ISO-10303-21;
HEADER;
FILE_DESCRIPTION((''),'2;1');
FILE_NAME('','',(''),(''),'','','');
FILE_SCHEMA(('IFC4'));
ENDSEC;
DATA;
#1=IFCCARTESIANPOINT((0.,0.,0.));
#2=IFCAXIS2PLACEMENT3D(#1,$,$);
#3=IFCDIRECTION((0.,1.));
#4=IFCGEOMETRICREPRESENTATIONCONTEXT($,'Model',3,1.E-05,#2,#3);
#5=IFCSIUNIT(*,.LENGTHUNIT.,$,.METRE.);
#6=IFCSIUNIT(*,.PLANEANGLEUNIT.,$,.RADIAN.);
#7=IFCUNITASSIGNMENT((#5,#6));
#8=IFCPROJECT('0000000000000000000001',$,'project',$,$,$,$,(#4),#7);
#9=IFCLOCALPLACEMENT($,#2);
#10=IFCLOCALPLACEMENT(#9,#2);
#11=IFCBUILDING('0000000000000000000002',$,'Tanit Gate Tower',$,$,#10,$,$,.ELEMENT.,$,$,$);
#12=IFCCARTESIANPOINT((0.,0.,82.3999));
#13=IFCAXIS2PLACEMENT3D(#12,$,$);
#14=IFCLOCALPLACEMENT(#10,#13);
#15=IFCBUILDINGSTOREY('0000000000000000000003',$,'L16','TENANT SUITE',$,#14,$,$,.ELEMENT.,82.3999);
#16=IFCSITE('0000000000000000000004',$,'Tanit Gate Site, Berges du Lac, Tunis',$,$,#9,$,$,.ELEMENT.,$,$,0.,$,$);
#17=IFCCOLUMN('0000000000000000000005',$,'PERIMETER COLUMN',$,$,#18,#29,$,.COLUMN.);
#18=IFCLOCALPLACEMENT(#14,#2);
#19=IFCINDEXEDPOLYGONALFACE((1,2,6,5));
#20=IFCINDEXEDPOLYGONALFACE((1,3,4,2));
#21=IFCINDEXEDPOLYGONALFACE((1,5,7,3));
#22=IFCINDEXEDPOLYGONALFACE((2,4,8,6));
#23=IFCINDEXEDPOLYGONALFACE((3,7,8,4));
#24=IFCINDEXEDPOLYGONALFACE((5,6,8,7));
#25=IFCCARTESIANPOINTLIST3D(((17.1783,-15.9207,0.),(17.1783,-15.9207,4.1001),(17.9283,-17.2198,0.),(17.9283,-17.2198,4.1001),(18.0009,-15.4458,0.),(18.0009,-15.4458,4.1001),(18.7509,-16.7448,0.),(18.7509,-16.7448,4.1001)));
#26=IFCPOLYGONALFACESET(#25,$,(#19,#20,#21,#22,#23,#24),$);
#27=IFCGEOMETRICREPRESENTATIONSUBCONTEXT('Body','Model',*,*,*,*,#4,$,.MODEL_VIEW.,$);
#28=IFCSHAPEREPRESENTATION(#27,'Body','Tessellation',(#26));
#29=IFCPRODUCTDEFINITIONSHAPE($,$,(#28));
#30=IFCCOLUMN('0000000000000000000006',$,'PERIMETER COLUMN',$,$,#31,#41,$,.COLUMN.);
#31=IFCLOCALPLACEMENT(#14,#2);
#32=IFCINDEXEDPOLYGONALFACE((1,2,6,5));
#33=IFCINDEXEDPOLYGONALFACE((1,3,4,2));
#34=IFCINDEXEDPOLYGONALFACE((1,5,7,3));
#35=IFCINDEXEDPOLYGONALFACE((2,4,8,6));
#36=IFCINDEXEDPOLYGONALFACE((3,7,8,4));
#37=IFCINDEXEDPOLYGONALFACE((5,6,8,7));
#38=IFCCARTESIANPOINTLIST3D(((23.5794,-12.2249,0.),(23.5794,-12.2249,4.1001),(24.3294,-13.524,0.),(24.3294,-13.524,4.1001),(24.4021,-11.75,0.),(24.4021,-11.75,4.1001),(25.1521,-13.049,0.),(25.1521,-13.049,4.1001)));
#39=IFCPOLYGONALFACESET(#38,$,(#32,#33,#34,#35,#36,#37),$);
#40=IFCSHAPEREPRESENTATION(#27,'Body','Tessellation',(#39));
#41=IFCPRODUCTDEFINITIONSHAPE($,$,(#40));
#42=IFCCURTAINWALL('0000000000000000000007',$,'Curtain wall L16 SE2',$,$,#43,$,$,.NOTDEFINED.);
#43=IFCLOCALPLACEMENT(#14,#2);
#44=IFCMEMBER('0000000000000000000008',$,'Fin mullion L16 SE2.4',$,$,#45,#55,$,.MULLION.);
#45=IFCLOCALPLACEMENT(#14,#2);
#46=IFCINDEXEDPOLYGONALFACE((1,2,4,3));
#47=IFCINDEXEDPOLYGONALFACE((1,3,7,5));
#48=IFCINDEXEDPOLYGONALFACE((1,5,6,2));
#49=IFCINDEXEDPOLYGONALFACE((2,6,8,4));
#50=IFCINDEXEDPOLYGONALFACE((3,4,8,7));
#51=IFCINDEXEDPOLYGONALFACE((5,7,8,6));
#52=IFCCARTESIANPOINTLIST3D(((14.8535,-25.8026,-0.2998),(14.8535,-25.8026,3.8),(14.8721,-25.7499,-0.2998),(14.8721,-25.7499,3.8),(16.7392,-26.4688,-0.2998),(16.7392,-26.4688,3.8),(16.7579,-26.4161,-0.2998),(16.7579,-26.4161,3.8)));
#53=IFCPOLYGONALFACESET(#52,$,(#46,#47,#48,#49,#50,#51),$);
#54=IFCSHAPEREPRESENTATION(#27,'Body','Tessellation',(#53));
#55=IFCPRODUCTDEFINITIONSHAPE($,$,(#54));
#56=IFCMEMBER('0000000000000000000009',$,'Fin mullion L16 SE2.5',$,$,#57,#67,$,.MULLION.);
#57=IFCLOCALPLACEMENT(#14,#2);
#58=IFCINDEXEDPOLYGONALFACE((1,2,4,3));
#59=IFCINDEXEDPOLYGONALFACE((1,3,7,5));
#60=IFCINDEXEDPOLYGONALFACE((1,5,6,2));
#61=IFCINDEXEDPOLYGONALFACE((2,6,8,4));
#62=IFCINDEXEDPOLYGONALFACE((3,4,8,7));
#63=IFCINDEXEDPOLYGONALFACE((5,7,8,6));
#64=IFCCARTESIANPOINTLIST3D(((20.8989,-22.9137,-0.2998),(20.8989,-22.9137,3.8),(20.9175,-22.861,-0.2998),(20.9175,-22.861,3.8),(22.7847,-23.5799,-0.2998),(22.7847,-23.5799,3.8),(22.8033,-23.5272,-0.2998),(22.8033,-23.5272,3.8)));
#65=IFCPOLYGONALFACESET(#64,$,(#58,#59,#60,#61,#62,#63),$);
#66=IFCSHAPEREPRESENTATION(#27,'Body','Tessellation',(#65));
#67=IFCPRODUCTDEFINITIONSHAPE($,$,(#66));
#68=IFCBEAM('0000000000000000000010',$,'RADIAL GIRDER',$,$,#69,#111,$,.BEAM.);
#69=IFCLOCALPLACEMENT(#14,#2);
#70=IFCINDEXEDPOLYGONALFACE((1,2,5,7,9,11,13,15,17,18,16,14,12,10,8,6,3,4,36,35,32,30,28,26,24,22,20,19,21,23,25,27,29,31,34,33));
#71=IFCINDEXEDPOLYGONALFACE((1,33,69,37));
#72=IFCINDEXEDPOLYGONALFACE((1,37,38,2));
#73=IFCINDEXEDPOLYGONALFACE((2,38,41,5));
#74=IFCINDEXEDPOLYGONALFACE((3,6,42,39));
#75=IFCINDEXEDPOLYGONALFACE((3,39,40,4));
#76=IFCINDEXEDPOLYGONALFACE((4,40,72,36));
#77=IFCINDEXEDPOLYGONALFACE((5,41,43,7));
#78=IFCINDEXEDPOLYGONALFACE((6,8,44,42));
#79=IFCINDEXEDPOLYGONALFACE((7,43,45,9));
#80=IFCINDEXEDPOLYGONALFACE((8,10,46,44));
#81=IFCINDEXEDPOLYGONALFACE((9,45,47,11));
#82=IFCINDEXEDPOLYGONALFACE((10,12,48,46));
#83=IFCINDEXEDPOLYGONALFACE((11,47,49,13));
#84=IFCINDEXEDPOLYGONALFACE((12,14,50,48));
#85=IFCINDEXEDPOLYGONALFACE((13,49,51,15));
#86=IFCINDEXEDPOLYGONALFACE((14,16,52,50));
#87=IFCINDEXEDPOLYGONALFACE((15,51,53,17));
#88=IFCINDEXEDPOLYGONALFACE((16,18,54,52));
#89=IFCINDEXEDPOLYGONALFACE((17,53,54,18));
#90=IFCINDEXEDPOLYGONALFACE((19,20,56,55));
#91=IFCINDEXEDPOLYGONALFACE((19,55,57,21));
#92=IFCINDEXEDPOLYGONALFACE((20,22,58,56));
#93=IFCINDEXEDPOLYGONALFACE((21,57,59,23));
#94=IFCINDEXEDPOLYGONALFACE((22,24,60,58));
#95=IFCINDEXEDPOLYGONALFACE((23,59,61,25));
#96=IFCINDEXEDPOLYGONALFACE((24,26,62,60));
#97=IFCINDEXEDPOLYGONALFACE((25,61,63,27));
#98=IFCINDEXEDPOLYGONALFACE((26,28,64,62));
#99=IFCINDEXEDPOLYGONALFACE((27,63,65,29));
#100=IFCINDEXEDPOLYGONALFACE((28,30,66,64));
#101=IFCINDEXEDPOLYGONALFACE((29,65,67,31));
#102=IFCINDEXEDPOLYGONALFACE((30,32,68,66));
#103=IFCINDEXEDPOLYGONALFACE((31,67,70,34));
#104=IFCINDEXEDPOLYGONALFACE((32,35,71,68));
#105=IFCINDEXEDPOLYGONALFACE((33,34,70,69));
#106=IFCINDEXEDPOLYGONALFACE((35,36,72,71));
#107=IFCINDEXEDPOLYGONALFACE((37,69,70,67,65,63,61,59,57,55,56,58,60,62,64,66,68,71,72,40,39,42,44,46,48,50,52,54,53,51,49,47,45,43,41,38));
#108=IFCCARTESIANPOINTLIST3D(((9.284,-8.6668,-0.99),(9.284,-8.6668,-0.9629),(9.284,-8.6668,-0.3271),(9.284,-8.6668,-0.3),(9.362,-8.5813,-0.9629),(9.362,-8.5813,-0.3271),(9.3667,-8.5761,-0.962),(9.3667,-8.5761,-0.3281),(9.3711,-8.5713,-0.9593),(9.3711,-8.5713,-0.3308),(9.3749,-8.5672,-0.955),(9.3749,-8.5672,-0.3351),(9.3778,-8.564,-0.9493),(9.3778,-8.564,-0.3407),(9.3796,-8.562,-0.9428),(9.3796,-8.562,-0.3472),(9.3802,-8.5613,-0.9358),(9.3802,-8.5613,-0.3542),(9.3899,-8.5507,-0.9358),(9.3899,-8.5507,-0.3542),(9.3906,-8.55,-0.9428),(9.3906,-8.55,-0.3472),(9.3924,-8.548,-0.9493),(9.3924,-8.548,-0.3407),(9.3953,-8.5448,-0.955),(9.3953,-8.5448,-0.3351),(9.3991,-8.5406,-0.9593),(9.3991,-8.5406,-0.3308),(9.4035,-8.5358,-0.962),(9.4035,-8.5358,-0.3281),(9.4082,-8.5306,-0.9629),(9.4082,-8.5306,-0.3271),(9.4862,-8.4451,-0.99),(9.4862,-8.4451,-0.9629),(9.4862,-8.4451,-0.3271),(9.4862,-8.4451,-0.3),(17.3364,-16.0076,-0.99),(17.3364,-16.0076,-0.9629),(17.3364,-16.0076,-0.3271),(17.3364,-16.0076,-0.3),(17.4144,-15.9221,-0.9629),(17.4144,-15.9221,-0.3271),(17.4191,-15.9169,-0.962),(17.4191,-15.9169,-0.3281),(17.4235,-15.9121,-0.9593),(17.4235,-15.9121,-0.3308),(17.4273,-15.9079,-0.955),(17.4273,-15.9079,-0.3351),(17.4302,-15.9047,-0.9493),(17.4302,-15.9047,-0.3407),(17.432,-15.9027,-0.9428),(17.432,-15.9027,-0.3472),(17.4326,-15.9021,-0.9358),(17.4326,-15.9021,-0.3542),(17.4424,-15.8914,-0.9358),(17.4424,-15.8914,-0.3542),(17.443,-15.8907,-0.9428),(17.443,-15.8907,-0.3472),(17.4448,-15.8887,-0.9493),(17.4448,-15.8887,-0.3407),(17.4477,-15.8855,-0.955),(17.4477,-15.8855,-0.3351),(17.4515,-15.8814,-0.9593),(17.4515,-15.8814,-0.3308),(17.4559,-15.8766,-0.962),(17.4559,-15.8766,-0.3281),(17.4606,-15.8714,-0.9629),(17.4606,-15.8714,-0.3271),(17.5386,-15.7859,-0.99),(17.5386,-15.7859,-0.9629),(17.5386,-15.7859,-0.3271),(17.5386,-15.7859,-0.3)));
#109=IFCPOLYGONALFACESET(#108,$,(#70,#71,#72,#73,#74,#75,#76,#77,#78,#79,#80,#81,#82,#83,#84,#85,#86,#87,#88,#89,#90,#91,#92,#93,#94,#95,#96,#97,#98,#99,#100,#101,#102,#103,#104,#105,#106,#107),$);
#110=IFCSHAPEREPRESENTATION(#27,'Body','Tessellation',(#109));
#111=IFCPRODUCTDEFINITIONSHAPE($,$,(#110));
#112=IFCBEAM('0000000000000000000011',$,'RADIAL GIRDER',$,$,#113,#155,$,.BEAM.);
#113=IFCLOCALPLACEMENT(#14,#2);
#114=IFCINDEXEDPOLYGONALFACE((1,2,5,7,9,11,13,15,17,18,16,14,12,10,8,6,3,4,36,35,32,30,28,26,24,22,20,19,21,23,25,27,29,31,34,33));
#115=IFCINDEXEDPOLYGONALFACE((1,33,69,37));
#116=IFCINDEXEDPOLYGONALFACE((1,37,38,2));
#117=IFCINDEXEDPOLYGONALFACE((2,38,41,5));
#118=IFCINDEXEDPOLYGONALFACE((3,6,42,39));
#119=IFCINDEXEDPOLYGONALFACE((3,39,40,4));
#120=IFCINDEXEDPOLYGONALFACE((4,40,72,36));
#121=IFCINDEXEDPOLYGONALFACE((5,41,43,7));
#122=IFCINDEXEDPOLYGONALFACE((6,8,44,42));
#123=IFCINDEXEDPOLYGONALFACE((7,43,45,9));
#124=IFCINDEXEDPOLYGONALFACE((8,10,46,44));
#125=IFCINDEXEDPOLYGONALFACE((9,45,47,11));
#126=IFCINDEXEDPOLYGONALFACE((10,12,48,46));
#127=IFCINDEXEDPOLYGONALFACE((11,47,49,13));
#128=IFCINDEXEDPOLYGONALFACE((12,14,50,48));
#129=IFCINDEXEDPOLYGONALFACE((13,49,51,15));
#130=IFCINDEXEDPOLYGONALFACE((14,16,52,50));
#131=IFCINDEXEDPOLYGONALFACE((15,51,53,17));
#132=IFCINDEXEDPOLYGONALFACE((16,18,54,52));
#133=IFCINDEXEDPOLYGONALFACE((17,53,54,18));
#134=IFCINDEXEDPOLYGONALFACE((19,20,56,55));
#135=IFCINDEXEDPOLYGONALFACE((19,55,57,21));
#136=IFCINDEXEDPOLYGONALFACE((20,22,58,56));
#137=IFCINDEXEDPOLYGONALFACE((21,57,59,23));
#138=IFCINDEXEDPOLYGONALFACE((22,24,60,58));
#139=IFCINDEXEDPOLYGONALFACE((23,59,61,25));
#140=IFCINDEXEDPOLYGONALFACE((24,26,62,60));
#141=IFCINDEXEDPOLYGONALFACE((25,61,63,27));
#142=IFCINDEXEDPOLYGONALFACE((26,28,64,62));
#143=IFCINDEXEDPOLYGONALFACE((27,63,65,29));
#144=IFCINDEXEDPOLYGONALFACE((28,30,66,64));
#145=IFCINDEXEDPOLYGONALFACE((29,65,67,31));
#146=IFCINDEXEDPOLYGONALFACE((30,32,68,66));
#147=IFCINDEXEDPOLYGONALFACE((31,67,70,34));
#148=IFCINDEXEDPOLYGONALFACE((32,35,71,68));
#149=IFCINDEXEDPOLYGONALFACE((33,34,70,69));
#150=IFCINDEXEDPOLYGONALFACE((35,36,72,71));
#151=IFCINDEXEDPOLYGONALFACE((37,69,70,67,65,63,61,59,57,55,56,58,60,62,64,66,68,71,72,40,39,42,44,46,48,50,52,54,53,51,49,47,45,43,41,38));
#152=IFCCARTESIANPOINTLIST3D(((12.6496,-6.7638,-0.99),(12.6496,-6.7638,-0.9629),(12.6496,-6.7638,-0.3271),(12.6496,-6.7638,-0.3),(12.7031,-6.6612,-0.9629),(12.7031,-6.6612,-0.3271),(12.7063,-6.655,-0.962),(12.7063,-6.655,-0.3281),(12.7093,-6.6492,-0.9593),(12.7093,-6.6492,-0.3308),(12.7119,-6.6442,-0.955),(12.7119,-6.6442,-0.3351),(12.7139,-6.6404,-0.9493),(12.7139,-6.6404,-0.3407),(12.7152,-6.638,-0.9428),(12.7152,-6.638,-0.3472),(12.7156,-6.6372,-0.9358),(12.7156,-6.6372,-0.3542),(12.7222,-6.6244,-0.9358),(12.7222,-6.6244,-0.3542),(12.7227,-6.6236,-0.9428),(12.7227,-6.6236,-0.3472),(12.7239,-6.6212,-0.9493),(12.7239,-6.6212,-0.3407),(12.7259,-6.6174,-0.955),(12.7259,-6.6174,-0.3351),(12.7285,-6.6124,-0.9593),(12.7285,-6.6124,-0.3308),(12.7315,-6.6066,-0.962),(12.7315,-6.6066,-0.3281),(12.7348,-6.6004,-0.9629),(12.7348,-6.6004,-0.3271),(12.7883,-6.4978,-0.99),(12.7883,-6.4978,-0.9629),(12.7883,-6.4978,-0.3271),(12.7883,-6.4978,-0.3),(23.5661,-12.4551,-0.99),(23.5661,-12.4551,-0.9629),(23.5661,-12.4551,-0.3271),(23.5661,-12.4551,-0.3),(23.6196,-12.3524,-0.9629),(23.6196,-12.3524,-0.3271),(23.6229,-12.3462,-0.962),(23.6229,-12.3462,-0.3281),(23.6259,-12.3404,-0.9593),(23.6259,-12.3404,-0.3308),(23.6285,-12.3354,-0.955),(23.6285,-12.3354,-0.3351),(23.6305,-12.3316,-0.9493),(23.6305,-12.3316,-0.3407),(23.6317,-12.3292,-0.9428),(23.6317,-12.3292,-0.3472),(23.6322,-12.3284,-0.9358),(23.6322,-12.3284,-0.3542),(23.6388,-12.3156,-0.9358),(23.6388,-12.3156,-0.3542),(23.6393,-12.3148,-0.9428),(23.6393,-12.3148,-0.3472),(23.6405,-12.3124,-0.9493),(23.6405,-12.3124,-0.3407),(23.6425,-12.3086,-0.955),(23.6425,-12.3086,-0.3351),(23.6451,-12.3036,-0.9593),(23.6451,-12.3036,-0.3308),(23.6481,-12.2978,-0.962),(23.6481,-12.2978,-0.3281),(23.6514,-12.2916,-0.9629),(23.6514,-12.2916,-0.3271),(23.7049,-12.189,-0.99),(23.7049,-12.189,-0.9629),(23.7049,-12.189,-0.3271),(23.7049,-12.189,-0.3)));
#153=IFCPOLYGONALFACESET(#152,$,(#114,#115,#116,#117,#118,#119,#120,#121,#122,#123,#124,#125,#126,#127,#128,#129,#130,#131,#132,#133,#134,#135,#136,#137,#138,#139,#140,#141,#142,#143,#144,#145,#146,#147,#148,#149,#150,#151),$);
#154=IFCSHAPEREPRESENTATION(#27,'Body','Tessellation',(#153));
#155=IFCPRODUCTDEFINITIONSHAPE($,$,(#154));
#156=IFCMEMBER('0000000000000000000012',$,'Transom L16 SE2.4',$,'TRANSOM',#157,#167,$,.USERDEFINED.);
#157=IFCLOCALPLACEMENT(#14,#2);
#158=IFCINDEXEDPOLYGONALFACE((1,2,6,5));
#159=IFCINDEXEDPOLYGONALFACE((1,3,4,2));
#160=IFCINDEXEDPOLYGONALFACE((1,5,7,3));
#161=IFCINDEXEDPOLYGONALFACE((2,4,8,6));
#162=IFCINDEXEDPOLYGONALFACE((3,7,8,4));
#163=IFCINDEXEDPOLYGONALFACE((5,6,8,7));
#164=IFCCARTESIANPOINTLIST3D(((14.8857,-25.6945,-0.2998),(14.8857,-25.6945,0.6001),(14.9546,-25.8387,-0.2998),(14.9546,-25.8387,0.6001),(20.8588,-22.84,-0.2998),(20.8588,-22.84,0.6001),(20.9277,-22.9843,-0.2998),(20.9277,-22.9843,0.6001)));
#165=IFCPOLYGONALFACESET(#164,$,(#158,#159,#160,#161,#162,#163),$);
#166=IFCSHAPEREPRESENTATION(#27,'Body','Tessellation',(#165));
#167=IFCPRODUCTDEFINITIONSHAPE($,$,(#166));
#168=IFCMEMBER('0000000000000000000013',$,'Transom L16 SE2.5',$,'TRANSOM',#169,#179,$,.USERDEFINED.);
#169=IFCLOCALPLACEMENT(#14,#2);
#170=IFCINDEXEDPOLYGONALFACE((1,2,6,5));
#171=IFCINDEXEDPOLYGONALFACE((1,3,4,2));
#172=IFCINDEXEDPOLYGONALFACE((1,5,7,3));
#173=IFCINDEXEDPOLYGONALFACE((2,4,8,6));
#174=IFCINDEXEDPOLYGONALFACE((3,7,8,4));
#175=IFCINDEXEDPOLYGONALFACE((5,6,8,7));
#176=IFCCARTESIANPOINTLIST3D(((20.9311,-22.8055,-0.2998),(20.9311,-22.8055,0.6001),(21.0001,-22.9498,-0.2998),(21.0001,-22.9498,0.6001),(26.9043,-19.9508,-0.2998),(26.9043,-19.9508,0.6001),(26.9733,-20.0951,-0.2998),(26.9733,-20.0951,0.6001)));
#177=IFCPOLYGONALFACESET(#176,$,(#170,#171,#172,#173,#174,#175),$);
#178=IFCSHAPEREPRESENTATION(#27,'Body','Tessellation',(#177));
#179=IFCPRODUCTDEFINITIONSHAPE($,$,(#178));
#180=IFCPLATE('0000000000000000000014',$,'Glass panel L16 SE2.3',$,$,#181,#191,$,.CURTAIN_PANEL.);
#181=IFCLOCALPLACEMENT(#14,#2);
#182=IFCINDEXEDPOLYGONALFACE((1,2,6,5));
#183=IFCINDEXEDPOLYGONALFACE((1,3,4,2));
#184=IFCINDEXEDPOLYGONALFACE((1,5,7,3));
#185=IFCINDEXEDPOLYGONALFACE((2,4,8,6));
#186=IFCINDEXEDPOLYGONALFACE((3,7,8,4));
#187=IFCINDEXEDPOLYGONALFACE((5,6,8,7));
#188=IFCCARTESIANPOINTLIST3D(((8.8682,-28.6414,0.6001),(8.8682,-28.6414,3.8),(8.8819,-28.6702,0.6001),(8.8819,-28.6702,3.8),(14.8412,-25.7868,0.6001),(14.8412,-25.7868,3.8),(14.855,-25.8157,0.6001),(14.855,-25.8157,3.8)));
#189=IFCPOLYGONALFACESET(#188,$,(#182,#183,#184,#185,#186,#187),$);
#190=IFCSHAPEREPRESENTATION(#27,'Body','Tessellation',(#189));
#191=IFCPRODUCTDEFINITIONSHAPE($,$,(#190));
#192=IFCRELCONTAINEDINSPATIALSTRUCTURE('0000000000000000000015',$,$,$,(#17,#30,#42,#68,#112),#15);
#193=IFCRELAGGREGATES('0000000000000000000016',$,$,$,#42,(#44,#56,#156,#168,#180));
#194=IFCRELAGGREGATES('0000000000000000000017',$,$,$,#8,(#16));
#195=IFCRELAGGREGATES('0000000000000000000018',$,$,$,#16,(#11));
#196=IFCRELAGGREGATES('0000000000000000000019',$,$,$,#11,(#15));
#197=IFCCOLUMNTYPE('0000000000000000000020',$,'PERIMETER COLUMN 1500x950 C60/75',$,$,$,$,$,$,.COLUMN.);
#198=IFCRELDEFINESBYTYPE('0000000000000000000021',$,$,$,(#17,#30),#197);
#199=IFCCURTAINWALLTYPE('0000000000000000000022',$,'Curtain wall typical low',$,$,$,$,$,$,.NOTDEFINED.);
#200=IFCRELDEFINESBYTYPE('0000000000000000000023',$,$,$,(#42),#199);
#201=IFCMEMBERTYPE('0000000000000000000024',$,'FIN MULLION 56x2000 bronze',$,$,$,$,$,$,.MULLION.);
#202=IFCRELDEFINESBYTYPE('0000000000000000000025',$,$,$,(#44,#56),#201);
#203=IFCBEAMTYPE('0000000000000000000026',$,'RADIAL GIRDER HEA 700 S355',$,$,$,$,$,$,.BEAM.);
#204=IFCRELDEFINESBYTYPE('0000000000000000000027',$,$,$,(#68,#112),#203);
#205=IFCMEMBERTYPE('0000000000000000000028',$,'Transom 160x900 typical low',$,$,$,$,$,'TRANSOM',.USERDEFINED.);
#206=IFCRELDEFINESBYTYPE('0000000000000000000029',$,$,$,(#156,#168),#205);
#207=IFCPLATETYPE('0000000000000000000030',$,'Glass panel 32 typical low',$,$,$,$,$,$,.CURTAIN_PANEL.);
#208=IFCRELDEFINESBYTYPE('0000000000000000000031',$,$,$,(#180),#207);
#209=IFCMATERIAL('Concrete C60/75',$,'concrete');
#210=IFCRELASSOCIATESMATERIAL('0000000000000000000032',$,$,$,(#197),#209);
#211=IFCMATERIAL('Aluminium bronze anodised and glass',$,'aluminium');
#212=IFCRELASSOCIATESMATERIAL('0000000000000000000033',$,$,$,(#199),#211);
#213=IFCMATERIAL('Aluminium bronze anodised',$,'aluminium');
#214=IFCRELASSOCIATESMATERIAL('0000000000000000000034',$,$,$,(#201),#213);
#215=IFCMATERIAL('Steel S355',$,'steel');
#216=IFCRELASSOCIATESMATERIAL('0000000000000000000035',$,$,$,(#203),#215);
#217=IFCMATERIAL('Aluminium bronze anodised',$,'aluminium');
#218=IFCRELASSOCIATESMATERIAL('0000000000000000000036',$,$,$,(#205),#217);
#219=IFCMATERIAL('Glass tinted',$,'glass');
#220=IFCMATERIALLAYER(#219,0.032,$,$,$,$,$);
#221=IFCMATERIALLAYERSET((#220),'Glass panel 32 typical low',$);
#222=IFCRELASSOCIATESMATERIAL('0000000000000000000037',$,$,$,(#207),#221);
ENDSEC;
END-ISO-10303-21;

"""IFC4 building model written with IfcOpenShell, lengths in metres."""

from ifc_helpers import new_model, si_unit, direction, frame, origin, origin_2d, place, context, subcontext, project, spatial, rectangle, i_section, extrude, material, layer, layer_set, material_profile, profile_set, type_object, element, aggregate, save


model = new_model("IFC4")

# Units and contexts
model_context = context("Model", 3, precision=1e-05, world=origin(), true_north=direction((0.0, 1.0)))
body_context = subcontext(model_context, "Body", "Model", "MODEL_VIEW")
ifc_project = project(units=[si_unit("LENGTHUNIT", "METRE"), si_unit("PLANEANGLEUNIT", "RADIAN")], contexts=[model_context])

# Site, building, storey
site_placement = place(None, origin())
site = spatial("IfcSite", under=ifc_project, at=site_placement, Name="Tanit Gate Site, Berges du Lac, Tunis", CompositionType="ELEMENT", RefElevation=0.0)
building_placement = place(site_placement, origin())
building = spatial("IfcBuilding", under=site, at=building_placement, Name="Tanit Gate Tower", CompositionType="ELEMENT")
storey_placement = place(building_placement, frame((0.0, 0.0, 82.3999)))
storey = spatial("IfcBuildingStorey", under=building, at=storey_placement, Name="L16", Description="TENANT SUITE", CompositionType="ELEMENT", Elevation=82.3999)

# Columns
ifc_material_1 = material(Name="Concrete C60/75", Category="concrete")
ifc_material_profile_1 = material_profile(ifc_material_1, rectangle(XDim=1.5, YDim=0.95, at=origin_2d()), Name="RC 1500x950")
ifc_profile_set_1 = profile_set([ifc_material_profile_1], Name="Concrete C60/75")
column_type = type_object("IfcColumnType", Name="PERIMETER COLUMN 1500x950 C60/75", PredefinedType="COLUMN", material=ifc_profile_set_1)
for number, where, z_axis, x_axis, name in (
    (1, (17.9646, -16.3328, 0.0), (0.0, 0.0, 1.0), (0.5, -0.866025, 0.0), "PERIMETER COLUMN"),
    (2, (24.3657, -12.637, 0.0), (0.0, 0.0, 1.0), (0.5, -0.866025, 0.0), "PERIMETER COLUMN"),
):
    element("IfcColumn", number, at=place(storey_placement, frame(where, z_axis=z_axis, x_axis=x_axis)), inside=storey, type_object=column_type, Name=name, PredefinedType="COLUMN", context=body_context, shape_type="SweptSolid", body=[
        extrude(rectangle(XDim=1.5, YDim=0.95, at=origin_2d()), origin(), (0.0, 0.0, 1.0), 4.1001),
    ])

# Curtain wall, members
ifc_material_2 = material(Name="Aluminium bronze anodised and glass", Category="aluminium")
curtain_wall_type = type_object("IfcCurtainWallType", Name="Curtain wall typical low", PredefinedType="NOTDEFINED", material=ifc_material_2)
curtain_wall_placement = place(storey_placement, origin())
curtain_wall = element("IfcCurtainWall", 3, at=curtain_wall_placement, inside=storey, type_object=curtain_wall_type, Name="Curtain wall L16 SE2", PredefinedType="NOTDEFINED")
ifc_material_3 = material(Name="Aluminium bronze anodised", Category="aluminium")
ifc_material_profile_2 = material_profile(ifc_material_3, rectangle(XDim=2.0, YDim=0.0559, at=origin_2d()), Name="56x2000 bronze fin mullion")
ifc_profile_set_2 = profile_set([ifc_material_profile_2], Name="Aluminium bronze anodised")
member_type_1 = type_object("IfcMemberType", Name="FIN MULLION 56x2000 bronze", PredefinedType="MULLION", material=ifc_profile_set_2)
member_1_placement = place(storey_placement, frame((15.8057, -26.1094, -0.2998), z_axis=(0.0, 0.0, 1.0), x_axis=(-0.942895, 0.33309, 0.0)))
member_1 = element("IfcMember", 4, at=member_1_placement, type_object=member_type_1, Name="Fin mullion L16 SE2.4", PredefinedType="MULLION", context=body_context, shape_type="SweptSolid", body=[
    extrude(rectangle(XDim=2.0, YDim=0.0559, at=origin_2d()), origin(), (0.0, 0.0, 1.0), 4.0999),
])
member_2_placement = place(storey_placement, frame((21.8511, -23.2205, -0.2998), z_axis=(0.0, 0.0, 1.0), x_axis=(-0.942895, 0.33309, 0.0)))
member_2 = element("IfcMember", 5, at=member_2_placement, type_object=member_type_1, Name="Fin mullion L16 SE2.5", PredefinedType="MULLION", context=body_context, shape_type="SweptSolid", body=[
    extrude(rectangle(XDim=2.0, YDim=0.0559, at=origin_2d()), origin(), (0.0, 0.0, 1.0), 4.0999),
])

# Beams
ifc_material_4 = material(Name="Steel S355", Category="steel")
ifc_material_profile_3 = material_profile(ifc_material_4, i_section(OverallWidth=0.3, OverallDepth=0.6899, WebThickness=0.0144, FlangeThickness=0.0271, FilletRadius=0.0271, at=origin_2d()), Name="HEA 700")
ifc_profile_set_3 = profile_set([ifc_material_profile_3], Name="Steel S355")
beam_type = type_object("IfcBeamType", Name="RADIAL GIRDER HEA 700 S355", PredefinedType="BEAM", material=ifc_profile_set_3)
beam_1_placement = place(storey_placement, frame((17.4375, -15.8967, -0.645), z_axis=(-0.739009, 0.673696, 0.0), x_axis=(-0.673696, -0.739009, 0.0)))
element("IfcBeam", 6, at=beam_1_placement, inside=storey, type_object=beam_type, Name="RADIAL GIRDER", PredefinedType="BEAM", context=body_context, shape_type="SweptSolid", body=[
    extrude(i_section(OverallWidth=0.3, OverallDepth=0.6899, WebThickness=0.0144, FlangeThickness=0.0271, FilletRadius=0.0271, at=origin_2d()), origin(), (0.0, 0.0, 1.0), 10.8962),
])
beam_2_placement = place(storey_placement, frame((23.6355, -12.322, -0.645), z_axis=(-0.886732, 0.462285, 0.0), x_axis=(-0.462285, -0.886732, 0.0)))
element("IfcBeam", 7, at=beam_2_placement, inside=storey, type_object=beam_type, Name="RADIAL GIRDER", PredefinedType="BEAM", context=body_context, shape_type="SweptSolid", body=[
    extrude(i_section(OverallWidth=0.3, OverallDepth=0.6899, WebThickness=0.0144, FlangeThickness=0.0271, FilletRadius=0.0271, at=origin_2d()), origin(), (0.0, 0.0, 1.0), 12.311),
])

# Members
ifc_material_5 = material(Name="Aluminium bronze anodised", Category="aluminium")
ifc_material_profile_4 = material_profile(ifc_material_5, rectangle(XDim=0.1599, YDim=0.8999, at=origin_2d()), Name="160x900 bronze transom")
ifc_profile_set_4 = profile_set([ifc_material_profile_4], Name="Aluminium bronze anodised")
member_type_2 = type_object("IfcMemberType", Name="Transom 160x900 typical low", ElementType="TRANSOM", PredefinedType="USERDEFINED", material=ifc_profile_set_4)
member_3_placement = place(storey_placement, frame((14.9202, -25.7666, 0.1501), z_axis=(0.902265, 0.431181, 0.0), x_axis=(-0.431181, 0.902265, 0.0)))
member_3 = element("IfcMember", 8, at=member_3_placement, type_object=member_type_2, Name="Transom L16 SE2.4", ObjectType="TRANSOM", PredefinedType="USERDEFINED", context=body_context, shape_type="SweptSolid", body=[
    extrude(rectangle(XDim=0.1599, YDim=0.8999, at=origin_2d()), origin(), (0.0, 0.0, 1.0), 6.6201),
])
member_4_placement = place(storey_placement, frame((20.9656, -22.8777, 0.1501), z_axis=(0.902251, 0.431211, 0.0), x_axis=(-0.431211, 0.902251, 0.0)))
member_4 = element("IfcMember", 9, at=member_4_placement, type_object=member_type_2, Name="Transom L16 SE2.5", ObjectType="TRANSOM", PredefinedType="USERDEFINED", context=body_context, shape_type="SweptSolid", body=[
    extrude(rectangle(XDim=0.1599, YDim=0.8999, at=origin_2d()), origin(), (0.0, 0.0, 1.0), 6.6204),
])

# Plate
ifc_material_6 = material(Name="Glass tinted", Category="glass")
ifc_layer_1 = layer(ifc_material_6, 0.032)
ifc_layer_set_1 = layer_set([ifc_layer_1], Name="Glass panel 32 typical low")
plate_type = type_object("IfcPlateType", Name="Glass panel 32 typical low", PredefinedType="CURTAIN_PANEL", material=ifc_layer_set_1)
plate_1_placement = place(storey_placement, frame((11.8616, -27.2285, 0.6001), z_axis=(0.0, 0.0, 1.0), x_axis=(0.902258, 0.431197, 0.0)))
plate_1 = element("IfcPlate", 10, at=plate_1_placement, type_object=plate_type, Name="Glass panel L16 SE2.3", PredefinedType="CURTAIN_PANEL", context=body_context, shape_type="SweptSolid", body=[
    extrude(rectangle(XDim=6.6201, YDim=0.032, at=origin_2d()), origin(), (0.0, 0.0, 1.0), 3.2),
])
aggregate(curtain_wall, [member_1, member_2, member_3, member_4, plate_1])

save(model, "model.ifc")
